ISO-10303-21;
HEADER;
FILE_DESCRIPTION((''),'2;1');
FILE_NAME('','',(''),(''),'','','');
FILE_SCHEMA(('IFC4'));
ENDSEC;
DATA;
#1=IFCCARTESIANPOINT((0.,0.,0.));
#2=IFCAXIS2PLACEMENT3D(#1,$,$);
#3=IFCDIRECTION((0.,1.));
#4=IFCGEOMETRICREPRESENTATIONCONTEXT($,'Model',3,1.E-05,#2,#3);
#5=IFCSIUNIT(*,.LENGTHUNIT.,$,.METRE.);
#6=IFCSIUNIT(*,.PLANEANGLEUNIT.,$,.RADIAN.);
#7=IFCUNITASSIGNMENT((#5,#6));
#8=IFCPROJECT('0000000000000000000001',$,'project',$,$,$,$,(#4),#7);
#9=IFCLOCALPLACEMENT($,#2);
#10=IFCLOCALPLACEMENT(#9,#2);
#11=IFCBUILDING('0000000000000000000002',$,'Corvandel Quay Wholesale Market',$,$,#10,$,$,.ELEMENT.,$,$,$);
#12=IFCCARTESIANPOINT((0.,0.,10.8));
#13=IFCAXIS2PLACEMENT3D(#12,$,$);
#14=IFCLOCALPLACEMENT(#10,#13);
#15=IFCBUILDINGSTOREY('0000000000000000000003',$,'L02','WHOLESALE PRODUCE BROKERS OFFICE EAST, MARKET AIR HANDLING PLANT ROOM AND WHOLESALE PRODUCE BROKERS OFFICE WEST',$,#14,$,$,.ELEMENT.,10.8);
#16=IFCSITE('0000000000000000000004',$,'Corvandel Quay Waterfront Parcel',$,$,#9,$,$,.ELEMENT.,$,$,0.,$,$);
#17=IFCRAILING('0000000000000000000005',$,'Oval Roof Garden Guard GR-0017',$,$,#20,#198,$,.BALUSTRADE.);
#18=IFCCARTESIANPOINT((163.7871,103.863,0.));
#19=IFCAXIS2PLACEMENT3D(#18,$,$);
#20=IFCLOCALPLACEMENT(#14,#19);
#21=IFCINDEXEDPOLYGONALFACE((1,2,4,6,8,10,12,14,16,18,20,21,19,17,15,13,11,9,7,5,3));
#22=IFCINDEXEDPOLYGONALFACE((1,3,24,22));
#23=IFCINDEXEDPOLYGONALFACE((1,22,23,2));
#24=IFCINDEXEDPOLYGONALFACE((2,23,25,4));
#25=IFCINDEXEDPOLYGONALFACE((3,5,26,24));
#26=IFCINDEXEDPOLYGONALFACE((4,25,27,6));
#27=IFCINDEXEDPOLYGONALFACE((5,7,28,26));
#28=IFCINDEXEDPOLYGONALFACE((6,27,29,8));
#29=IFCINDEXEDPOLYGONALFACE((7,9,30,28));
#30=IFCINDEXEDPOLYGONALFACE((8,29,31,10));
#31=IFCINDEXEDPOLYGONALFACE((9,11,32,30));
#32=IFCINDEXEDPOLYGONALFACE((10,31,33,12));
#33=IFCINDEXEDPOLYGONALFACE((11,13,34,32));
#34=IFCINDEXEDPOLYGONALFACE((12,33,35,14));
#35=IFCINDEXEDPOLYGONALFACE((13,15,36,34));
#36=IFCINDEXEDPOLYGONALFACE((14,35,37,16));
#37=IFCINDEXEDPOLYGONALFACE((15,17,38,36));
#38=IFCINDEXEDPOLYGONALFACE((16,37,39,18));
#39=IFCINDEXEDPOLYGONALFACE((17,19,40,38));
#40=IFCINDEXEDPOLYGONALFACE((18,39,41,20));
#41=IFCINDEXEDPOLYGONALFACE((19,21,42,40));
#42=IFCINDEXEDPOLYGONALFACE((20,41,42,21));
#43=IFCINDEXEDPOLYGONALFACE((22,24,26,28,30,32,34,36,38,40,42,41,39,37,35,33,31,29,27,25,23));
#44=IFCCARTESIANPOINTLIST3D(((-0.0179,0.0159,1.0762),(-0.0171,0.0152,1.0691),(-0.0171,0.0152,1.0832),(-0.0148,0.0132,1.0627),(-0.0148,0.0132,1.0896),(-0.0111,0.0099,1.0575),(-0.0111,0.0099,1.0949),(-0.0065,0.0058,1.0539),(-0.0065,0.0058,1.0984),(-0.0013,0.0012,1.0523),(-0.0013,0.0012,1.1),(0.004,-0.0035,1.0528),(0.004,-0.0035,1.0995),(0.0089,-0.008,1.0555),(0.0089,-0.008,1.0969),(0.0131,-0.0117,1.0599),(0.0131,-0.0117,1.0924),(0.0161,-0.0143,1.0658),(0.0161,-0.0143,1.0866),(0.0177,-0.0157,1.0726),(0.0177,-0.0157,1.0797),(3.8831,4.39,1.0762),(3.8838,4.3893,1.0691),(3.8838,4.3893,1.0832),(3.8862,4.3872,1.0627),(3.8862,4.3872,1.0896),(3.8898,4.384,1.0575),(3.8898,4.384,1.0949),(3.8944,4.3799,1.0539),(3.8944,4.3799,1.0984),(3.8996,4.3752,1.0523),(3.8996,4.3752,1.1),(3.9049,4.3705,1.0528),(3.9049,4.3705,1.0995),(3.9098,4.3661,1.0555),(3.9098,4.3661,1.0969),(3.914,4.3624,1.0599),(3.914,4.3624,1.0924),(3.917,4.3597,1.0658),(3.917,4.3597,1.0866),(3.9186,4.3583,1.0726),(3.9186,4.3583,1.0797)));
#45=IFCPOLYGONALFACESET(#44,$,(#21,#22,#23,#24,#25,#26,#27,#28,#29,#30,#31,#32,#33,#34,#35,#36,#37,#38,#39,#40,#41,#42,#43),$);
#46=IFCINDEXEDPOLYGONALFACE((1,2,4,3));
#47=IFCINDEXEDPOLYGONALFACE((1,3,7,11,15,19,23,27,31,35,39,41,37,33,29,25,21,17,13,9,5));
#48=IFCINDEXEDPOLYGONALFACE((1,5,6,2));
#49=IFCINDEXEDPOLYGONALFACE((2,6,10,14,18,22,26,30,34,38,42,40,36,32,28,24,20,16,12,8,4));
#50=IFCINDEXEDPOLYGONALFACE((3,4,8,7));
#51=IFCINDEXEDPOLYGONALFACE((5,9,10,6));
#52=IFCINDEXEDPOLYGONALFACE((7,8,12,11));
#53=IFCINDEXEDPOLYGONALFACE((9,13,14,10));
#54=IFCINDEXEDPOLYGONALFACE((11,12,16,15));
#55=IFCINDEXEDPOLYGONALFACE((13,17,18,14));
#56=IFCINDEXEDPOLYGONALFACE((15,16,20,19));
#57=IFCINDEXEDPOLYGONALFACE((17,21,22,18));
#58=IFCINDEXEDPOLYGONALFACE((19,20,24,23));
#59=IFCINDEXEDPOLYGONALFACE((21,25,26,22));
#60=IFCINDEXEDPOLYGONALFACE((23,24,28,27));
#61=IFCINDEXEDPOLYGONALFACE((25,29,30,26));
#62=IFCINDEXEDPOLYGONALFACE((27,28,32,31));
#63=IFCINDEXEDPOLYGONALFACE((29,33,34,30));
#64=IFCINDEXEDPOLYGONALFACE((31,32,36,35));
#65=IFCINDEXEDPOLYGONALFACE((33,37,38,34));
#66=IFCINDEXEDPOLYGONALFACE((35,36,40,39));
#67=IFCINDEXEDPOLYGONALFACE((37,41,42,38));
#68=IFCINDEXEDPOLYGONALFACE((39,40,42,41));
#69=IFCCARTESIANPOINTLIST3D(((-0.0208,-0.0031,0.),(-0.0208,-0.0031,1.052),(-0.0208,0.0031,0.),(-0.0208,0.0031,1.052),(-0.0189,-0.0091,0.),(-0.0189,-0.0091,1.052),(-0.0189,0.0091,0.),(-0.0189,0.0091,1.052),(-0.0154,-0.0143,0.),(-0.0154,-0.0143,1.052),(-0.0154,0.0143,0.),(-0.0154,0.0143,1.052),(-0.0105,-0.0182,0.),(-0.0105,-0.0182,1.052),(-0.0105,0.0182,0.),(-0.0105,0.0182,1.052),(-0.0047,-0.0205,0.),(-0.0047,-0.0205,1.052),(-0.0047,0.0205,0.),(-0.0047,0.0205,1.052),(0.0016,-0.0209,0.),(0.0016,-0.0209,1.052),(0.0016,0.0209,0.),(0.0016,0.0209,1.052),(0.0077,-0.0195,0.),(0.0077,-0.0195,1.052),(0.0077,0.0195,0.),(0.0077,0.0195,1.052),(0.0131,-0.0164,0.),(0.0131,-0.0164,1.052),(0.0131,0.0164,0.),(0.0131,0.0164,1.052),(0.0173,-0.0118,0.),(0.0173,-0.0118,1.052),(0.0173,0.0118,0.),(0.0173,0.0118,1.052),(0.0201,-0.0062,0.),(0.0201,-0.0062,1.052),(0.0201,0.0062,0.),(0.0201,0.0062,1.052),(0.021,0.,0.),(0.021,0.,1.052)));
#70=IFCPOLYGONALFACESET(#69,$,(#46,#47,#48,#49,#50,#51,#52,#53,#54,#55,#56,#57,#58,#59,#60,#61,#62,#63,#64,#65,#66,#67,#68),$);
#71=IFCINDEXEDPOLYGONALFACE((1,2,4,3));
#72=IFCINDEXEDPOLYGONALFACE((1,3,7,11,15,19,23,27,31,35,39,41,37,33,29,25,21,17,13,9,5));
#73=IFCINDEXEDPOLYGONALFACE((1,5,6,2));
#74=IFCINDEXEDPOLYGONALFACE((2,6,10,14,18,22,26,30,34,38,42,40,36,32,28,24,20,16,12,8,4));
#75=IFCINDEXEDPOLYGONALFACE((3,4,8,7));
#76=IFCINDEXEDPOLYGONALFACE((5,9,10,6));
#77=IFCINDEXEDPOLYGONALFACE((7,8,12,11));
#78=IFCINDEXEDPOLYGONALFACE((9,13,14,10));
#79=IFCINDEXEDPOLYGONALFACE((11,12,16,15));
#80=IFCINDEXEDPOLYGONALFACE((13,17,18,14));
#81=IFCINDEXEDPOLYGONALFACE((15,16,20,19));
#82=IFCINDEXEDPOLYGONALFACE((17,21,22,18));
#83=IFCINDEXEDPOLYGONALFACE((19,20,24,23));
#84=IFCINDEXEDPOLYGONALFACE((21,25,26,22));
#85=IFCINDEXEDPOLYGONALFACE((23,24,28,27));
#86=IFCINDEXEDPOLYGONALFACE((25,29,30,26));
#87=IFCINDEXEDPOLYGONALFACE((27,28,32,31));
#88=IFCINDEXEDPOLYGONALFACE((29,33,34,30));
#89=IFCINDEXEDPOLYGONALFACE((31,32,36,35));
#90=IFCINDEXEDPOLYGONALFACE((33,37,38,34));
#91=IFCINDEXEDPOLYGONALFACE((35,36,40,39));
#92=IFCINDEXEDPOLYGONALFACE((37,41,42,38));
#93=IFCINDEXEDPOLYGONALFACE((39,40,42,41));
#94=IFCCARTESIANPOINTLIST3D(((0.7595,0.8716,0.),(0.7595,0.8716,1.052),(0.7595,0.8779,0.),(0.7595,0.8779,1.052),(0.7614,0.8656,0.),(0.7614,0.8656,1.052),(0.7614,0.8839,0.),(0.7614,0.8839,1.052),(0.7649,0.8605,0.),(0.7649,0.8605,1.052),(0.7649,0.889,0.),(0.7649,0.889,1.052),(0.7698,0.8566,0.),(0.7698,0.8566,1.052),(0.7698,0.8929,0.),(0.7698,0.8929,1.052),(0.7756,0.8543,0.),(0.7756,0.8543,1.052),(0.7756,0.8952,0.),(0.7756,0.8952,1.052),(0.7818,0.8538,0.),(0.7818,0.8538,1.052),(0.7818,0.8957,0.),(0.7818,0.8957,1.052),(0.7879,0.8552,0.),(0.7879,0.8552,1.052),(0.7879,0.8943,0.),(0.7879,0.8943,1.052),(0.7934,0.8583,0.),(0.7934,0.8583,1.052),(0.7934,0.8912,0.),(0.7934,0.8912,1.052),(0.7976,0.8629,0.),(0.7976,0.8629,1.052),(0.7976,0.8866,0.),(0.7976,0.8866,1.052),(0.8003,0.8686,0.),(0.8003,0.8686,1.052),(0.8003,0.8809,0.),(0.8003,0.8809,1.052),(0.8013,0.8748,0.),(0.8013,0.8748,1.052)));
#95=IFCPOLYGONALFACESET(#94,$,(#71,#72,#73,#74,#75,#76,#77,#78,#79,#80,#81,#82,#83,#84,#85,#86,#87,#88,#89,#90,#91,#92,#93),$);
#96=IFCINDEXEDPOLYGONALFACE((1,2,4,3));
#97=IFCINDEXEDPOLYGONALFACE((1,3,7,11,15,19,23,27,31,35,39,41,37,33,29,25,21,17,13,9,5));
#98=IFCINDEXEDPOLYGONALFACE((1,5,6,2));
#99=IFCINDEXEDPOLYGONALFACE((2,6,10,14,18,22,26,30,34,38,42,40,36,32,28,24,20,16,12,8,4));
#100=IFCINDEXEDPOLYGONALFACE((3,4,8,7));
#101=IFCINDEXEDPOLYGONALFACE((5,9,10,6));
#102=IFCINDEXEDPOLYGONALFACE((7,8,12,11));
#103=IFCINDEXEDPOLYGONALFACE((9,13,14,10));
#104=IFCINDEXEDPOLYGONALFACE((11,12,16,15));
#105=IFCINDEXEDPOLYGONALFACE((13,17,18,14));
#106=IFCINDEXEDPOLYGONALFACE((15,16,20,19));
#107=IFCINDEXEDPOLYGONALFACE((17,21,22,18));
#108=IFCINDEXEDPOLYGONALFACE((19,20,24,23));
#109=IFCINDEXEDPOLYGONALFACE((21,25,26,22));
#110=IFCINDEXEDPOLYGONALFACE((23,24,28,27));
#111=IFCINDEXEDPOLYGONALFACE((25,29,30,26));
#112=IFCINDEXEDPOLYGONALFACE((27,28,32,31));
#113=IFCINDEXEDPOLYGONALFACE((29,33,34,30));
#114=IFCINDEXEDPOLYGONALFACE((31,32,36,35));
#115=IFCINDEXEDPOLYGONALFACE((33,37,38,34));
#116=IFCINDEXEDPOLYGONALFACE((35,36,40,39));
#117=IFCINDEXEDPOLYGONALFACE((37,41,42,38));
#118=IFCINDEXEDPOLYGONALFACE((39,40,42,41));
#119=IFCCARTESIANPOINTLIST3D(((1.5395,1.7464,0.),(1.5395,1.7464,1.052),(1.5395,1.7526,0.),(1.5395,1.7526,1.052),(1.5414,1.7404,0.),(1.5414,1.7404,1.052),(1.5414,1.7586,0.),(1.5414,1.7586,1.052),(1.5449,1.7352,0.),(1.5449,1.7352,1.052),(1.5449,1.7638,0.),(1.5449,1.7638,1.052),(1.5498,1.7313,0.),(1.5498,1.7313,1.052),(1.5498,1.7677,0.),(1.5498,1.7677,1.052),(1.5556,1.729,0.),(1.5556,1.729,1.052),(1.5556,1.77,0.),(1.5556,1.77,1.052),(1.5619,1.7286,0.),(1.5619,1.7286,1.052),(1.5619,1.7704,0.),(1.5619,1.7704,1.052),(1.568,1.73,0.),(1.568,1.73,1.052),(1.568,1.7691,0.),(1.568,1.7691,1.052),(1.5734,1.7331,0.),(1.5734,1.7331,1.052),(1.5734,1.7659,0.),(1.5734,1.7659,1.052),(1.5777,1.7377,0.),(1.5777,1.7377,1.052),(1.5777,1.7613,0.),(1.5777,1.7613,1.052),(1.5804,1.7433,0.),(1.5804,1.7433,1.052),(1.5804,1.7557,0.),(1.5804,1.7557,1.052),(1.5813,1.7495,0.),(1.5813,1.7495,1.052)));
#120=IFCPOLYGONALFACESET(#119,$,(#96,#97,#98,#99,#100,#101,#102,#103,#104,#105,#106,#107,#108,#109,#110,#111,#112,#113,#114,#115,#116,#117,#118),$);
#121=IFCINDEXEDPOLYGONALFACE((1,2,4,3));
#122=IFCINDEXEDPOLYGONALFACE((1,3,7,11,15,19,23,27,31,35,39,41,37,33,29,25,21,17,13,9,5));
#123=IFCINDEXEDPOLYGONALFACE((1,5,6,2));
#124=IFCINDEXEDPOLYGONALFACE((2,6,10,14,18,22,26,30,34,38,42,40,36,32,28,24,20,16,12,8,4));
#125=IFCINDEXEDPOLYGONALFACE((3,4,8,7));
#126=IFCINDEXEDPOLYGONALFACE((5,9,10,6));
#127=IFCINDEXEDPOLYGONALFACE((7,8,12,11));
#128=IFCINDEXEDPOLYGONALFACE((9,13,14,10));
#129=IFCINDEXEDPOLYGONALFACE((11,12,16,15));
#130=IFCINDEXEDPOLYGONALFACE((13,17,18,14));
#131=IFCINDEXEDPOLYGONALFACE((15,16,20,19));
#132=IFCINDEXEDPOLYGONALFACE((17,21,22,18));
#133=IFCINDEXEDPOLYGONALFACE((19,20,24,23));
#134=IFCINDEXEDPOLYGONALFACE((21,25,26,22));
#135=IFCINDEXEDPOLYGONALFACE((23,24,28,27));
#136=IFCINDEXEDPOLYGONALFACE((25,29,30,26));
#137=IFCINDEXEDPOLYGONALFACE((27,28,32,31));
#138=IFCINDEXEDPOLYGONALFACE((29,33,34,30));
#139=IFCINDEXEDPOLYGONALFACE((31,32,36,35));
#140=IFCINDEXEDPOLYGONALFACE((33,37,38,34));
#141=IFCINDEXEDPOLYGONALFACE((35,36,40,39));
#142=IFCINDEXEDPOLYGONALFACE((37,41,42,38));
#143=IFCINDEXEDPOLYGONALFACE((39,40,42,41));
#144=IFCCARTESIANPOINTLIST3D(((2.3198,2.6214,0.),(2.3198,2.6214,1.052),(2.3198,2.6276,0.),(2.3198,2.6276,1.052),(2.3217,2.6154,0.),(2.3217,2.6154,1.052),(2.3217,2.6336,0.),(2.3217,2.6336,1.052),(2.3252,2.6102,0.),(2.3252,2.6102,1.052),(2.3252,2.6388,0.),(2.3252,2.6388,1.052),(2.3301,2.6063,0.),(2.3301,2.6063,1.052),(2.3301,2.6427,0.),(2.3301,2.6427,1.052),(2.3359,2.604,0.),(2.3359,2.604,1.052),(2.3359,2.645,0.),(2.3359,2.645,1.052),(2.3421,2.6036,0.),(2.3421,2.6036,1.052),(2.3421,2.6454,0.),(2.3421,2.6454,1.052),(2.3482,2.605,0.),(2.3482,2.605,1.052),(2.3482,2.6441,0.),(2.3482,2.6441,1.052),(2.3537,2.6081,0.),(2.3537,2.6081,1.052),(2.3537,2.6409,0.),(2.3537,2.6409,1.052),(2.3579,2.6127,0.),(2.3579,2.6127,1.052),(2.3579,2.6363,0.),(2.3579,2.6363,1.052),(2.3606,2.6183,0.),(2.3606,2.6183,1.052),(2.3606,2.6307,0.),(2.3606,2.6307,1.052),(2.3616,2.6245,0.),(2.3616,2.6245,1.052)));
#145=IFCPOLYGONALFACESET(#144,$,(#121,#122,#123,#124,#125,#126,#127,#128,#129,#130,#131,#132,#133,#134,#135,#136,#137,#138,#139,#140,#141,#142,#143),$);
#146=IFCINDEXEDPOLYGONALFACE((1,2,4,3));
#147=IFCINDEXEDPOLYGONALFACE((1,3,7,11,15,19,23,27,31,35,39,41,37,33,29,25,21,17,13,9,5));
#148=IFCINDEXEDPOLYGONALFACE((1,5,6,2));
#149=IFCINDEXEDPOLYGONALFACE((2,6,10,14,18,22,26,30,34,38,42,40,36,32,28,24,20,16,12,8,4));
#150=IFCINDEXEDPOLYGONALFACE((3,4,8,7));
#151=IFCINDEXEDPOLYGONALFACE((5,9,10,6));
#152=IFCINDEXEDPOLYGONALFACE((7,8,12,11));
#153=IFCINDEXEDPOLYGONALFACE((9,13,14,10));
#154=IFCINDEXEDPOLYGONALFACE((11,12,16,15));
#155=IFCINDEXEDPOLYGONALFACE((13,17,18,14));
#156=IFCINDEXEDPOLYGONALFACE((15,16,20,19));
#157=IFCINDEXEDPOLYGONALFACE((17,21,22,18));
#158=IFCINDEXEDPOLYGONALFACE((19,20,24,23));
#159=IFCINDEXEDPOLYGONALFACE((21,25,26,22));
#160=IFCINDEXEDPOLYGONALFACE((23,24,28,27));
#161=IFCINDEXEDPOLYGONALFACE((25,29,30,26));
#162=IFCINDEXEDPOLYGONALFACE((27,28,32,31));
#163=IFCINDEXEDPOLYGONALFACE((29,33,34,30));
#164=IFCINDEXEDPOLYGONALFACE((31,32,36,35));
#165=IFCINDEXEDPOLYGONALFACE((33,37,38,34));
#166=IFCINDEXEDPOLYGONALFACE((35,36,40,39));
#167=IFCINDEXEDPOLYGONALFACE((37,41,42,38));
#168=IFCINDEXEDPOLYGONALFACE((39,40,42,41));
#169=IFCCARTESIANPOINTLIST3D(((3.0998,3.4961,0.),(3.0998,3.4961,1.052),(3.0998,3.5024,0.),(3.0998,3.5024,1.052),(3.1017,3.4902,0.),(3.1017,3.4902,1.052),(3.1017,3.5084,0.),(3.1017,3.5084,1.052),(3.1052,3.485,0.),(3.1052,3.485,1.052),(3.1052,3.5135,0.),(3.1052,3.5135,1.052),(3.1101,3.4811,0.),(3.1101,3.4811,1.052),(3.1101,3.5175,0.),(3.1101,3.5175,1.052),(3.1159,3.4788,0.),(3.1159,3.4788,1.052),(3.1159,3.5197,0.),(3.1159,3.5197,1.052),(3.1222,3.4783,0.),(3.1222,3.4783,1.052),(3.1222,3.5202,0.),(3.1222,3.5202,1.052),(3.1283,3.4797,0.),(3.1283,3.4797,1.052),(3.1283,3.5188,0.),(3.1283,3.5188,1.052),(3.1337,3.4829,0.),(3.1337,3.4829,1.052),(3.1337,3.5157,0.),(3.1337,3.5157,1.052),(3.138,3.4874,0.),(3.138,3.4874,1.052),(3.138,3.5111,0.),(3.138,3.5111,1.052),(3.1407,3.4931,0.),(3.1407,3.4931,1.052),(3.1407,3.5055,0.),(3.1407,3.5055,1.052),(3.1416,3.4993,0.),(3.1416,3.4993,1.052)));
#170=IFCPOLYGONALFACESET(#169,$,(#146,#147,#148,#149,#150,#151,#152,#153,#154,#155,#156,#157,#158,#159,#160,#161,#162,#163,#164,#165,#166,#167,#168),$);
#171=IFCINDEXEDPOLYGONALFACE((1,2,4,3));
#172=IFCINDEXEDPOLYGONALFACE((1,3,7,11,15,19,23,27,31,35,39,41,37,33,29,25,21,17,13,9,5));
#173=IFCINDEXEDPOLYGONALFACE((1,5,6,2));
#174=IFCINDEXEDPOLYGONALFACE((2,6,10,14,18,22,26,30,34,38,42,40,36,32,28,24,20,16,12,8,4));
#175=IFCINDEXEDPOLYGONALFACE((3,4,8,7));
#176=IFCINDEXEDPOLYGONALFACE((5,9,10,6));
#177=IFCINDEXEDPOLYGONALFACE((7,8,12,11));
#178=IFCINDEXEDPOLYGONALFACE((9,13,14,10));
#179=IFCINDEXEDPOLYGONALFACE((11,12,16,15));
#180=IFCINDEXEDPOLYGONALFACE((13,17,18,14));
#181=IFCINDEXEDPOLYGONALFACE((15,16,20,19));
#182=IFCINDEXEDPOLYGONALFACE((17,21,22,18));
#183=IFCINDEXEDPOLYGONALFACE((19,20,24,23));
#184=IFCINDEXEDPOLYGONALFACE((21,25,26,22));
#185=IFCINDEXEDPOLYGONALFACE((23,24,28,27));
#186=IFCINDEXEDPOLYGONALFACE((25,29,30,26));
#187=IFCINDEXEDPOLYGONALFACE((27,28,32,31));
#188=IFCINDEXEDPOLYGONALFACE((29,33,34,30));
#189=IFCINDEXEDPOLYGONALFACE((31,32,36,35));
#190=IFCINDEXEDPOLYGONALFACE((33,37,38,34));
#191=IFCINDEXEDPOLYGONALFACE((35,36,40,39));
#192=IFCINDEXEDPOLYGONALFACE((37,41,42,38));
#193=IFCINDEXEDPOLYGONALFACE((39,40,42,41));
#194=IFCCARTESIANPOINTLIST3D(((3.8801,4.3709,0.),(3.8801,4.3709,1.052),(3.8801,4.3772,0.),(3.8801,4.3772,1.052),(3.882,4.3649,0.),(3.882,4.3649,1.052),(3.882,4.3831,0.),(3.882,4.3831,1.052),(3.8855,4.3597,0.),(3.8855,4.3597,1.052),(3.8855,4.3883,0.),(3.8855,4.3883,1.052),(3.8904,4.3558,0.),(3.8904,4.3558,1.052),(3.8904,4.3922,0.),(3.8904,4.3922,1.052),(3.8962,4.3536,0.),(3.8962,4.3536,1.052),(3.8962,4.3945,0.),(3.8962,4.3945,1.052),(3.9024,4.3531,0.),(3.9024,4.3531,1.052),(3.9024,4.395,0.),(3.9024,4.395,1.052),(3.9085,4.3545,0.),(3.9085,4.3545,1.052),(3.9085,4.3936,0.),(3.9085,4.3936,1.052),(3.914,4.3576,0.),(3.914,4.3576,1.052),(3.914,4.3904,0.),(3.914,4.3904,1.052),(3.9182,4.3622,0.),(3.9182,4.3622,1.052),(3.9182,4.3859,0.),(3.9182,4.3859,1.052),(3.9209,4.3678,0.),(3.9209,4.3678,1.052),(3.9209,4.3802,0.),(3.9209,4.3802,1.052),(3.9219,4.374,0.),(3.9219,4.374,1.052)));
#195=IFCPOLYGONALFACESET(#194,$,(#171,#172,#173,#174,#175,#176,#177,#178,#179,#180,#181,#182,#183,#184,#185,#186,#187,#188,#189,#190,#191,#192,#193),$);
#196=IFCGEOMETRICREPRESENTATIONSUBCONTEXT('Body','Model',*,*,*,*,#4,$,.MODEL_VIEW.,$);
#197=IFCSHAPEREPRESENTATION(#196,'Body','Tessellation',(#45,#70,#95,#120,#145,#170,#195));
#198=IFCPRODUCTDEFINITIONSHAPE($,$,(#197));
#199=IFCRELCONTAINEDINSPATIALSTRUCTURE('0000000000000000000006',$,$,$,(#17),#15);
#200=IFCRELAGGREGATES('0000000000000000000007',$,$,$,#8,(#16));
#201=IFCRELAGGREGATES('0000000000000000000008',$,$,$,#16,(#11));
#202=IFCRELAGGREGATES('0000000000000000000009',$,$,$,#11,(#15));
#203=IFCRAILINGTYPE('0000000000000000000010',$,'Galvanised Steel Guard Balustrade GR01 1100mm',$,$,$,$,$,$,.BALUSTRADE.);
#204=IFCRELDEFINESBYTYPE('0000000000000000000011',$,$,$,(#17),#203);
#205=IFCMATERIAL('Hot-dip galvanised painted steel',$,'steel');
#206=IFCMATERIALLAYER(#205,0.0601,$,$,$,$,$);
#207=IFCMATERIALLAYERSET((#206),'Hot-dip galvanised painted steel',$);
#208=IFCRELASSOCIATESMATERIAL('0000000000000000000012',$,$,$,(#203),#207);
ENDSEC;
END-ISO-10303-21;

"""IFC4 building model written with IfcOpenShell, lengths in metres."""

from ifc_helpers import new_model, si_unit, direction, frame, origin, origin_2d, place, context, subcontext, project, spatial, circle, extrude, material, layer, layer_set, type_object, element, save


model = new_model("IFC4")

# Units and contexts
model_context = context("Model", 3, precision=1e-05, world=origin(), true_north=direction((0.0, 1.0)))
body_context = subcontext(model_context, "Body", "Model", "MODEL_VIEW")
ifc_project = project(units=[si_unit("LENGTHUNIT", "METRE"), si_unit("PLANEANGLEUNIT", "RADIAN")], contexts=[model_context])

# Site, building, storey
site_placement = place(None, origin())
site = spatial("IfcSite", under=ifc_project, at=site_placement, Name="Corvandel Quay Waterfront Parcel", CompositionType="ELEMENT", RefElevation=0.0)
building_placement = place(site_placement, origin())
building = spatial("IfcBuilding", under=site, at=building_placement, Name="Corvandel Quay Wholesale Market", CompositionType="ELEMENT")
storey_placement = place(building_placement, frame((0.0, 0.0, 10.8)))
storey = spatial("IfcBuildingStorey", under=building, at=storey_placement, Name="L02", Description="WHOLESALE PRODUCE BROKERS OFFICE EAST, MARKET AIR HANDLING PLANT ROOM AND WHOLESALE PRODUCE BROKERS OFFICE WEST", CompositionType="ELEMENT", Elevation=10.8)

# Railing
ifc_material_1 = material(Name="Hot-dip galvanised painted steel", Category="steel")
ifc_layer_1 = layer(ifc_material_1, 0.0601)
ifc_layer_set_1 = layer_set([ifc_layer_1], Name="Hot-dip galvanised painted steel")
railing_type = type_object("IfcRailingType", Name="Galvanised Steel Guard Balustrade GR01 1100mm", PredefinedType="BALUSTRADE", material=ifc_layer_set_1)
railing_1_placement = place(storey_placement, frame((163.7871, 103.863, 0.0)))
element("IfcRailing", 1, at=railing_1_placement, inside=storey, type_object=railing_type, Name="Oval Roof Garden Guard GR-0017", PredefinedType="BALUSTRADE", context=body_context, shape_type="SweptSolid", body=[
    extrude(circle(Radius=0.0239, at=origin_2d()), frame((0.0, 0.0, 1.0762), z_axis=(0.665589, 0.746319, 0.0), x_axis=(-0.746319, 0.665589, 0.0)), (0.0, 0.0, 1.0), 5.8608),
    extrude(circle(Radius=0.021, at=origin_2d()), origin(), (0.0, 0.0, 1.0), 1.052),
    extrude(circle(Radius=0.021, at=origin_2d()), frame((0.7803, 0.8748, 0.0)), (0.0, 0.0, 1.0), 1.052),
    extrude(circle(Radius=0.021, at=origin_2d()), frame((1.5603, 1.7495, 0.0)), (0.0, 0.0, 1.0), 1.052),
    extrude(circle(Radius=0.021, at=origin_2d()), frame((2.3406, 2.6245, 0.0)), (0.0, 0.0, 1.0), 1.052),
    extrude(circle(Radius=0.021, at=origin_2d()), frame((3.1206, 3.4993, 0.0)), (0.0, 0.0, 1.0), 1.052),
    extrude(circle(Radius=0.021, at=origin_2d()), frame((3.9009, 4.374, 0.0)), (0.0, 0.0, 1.0), 1.052),
])

save(model, "model.ifc")
